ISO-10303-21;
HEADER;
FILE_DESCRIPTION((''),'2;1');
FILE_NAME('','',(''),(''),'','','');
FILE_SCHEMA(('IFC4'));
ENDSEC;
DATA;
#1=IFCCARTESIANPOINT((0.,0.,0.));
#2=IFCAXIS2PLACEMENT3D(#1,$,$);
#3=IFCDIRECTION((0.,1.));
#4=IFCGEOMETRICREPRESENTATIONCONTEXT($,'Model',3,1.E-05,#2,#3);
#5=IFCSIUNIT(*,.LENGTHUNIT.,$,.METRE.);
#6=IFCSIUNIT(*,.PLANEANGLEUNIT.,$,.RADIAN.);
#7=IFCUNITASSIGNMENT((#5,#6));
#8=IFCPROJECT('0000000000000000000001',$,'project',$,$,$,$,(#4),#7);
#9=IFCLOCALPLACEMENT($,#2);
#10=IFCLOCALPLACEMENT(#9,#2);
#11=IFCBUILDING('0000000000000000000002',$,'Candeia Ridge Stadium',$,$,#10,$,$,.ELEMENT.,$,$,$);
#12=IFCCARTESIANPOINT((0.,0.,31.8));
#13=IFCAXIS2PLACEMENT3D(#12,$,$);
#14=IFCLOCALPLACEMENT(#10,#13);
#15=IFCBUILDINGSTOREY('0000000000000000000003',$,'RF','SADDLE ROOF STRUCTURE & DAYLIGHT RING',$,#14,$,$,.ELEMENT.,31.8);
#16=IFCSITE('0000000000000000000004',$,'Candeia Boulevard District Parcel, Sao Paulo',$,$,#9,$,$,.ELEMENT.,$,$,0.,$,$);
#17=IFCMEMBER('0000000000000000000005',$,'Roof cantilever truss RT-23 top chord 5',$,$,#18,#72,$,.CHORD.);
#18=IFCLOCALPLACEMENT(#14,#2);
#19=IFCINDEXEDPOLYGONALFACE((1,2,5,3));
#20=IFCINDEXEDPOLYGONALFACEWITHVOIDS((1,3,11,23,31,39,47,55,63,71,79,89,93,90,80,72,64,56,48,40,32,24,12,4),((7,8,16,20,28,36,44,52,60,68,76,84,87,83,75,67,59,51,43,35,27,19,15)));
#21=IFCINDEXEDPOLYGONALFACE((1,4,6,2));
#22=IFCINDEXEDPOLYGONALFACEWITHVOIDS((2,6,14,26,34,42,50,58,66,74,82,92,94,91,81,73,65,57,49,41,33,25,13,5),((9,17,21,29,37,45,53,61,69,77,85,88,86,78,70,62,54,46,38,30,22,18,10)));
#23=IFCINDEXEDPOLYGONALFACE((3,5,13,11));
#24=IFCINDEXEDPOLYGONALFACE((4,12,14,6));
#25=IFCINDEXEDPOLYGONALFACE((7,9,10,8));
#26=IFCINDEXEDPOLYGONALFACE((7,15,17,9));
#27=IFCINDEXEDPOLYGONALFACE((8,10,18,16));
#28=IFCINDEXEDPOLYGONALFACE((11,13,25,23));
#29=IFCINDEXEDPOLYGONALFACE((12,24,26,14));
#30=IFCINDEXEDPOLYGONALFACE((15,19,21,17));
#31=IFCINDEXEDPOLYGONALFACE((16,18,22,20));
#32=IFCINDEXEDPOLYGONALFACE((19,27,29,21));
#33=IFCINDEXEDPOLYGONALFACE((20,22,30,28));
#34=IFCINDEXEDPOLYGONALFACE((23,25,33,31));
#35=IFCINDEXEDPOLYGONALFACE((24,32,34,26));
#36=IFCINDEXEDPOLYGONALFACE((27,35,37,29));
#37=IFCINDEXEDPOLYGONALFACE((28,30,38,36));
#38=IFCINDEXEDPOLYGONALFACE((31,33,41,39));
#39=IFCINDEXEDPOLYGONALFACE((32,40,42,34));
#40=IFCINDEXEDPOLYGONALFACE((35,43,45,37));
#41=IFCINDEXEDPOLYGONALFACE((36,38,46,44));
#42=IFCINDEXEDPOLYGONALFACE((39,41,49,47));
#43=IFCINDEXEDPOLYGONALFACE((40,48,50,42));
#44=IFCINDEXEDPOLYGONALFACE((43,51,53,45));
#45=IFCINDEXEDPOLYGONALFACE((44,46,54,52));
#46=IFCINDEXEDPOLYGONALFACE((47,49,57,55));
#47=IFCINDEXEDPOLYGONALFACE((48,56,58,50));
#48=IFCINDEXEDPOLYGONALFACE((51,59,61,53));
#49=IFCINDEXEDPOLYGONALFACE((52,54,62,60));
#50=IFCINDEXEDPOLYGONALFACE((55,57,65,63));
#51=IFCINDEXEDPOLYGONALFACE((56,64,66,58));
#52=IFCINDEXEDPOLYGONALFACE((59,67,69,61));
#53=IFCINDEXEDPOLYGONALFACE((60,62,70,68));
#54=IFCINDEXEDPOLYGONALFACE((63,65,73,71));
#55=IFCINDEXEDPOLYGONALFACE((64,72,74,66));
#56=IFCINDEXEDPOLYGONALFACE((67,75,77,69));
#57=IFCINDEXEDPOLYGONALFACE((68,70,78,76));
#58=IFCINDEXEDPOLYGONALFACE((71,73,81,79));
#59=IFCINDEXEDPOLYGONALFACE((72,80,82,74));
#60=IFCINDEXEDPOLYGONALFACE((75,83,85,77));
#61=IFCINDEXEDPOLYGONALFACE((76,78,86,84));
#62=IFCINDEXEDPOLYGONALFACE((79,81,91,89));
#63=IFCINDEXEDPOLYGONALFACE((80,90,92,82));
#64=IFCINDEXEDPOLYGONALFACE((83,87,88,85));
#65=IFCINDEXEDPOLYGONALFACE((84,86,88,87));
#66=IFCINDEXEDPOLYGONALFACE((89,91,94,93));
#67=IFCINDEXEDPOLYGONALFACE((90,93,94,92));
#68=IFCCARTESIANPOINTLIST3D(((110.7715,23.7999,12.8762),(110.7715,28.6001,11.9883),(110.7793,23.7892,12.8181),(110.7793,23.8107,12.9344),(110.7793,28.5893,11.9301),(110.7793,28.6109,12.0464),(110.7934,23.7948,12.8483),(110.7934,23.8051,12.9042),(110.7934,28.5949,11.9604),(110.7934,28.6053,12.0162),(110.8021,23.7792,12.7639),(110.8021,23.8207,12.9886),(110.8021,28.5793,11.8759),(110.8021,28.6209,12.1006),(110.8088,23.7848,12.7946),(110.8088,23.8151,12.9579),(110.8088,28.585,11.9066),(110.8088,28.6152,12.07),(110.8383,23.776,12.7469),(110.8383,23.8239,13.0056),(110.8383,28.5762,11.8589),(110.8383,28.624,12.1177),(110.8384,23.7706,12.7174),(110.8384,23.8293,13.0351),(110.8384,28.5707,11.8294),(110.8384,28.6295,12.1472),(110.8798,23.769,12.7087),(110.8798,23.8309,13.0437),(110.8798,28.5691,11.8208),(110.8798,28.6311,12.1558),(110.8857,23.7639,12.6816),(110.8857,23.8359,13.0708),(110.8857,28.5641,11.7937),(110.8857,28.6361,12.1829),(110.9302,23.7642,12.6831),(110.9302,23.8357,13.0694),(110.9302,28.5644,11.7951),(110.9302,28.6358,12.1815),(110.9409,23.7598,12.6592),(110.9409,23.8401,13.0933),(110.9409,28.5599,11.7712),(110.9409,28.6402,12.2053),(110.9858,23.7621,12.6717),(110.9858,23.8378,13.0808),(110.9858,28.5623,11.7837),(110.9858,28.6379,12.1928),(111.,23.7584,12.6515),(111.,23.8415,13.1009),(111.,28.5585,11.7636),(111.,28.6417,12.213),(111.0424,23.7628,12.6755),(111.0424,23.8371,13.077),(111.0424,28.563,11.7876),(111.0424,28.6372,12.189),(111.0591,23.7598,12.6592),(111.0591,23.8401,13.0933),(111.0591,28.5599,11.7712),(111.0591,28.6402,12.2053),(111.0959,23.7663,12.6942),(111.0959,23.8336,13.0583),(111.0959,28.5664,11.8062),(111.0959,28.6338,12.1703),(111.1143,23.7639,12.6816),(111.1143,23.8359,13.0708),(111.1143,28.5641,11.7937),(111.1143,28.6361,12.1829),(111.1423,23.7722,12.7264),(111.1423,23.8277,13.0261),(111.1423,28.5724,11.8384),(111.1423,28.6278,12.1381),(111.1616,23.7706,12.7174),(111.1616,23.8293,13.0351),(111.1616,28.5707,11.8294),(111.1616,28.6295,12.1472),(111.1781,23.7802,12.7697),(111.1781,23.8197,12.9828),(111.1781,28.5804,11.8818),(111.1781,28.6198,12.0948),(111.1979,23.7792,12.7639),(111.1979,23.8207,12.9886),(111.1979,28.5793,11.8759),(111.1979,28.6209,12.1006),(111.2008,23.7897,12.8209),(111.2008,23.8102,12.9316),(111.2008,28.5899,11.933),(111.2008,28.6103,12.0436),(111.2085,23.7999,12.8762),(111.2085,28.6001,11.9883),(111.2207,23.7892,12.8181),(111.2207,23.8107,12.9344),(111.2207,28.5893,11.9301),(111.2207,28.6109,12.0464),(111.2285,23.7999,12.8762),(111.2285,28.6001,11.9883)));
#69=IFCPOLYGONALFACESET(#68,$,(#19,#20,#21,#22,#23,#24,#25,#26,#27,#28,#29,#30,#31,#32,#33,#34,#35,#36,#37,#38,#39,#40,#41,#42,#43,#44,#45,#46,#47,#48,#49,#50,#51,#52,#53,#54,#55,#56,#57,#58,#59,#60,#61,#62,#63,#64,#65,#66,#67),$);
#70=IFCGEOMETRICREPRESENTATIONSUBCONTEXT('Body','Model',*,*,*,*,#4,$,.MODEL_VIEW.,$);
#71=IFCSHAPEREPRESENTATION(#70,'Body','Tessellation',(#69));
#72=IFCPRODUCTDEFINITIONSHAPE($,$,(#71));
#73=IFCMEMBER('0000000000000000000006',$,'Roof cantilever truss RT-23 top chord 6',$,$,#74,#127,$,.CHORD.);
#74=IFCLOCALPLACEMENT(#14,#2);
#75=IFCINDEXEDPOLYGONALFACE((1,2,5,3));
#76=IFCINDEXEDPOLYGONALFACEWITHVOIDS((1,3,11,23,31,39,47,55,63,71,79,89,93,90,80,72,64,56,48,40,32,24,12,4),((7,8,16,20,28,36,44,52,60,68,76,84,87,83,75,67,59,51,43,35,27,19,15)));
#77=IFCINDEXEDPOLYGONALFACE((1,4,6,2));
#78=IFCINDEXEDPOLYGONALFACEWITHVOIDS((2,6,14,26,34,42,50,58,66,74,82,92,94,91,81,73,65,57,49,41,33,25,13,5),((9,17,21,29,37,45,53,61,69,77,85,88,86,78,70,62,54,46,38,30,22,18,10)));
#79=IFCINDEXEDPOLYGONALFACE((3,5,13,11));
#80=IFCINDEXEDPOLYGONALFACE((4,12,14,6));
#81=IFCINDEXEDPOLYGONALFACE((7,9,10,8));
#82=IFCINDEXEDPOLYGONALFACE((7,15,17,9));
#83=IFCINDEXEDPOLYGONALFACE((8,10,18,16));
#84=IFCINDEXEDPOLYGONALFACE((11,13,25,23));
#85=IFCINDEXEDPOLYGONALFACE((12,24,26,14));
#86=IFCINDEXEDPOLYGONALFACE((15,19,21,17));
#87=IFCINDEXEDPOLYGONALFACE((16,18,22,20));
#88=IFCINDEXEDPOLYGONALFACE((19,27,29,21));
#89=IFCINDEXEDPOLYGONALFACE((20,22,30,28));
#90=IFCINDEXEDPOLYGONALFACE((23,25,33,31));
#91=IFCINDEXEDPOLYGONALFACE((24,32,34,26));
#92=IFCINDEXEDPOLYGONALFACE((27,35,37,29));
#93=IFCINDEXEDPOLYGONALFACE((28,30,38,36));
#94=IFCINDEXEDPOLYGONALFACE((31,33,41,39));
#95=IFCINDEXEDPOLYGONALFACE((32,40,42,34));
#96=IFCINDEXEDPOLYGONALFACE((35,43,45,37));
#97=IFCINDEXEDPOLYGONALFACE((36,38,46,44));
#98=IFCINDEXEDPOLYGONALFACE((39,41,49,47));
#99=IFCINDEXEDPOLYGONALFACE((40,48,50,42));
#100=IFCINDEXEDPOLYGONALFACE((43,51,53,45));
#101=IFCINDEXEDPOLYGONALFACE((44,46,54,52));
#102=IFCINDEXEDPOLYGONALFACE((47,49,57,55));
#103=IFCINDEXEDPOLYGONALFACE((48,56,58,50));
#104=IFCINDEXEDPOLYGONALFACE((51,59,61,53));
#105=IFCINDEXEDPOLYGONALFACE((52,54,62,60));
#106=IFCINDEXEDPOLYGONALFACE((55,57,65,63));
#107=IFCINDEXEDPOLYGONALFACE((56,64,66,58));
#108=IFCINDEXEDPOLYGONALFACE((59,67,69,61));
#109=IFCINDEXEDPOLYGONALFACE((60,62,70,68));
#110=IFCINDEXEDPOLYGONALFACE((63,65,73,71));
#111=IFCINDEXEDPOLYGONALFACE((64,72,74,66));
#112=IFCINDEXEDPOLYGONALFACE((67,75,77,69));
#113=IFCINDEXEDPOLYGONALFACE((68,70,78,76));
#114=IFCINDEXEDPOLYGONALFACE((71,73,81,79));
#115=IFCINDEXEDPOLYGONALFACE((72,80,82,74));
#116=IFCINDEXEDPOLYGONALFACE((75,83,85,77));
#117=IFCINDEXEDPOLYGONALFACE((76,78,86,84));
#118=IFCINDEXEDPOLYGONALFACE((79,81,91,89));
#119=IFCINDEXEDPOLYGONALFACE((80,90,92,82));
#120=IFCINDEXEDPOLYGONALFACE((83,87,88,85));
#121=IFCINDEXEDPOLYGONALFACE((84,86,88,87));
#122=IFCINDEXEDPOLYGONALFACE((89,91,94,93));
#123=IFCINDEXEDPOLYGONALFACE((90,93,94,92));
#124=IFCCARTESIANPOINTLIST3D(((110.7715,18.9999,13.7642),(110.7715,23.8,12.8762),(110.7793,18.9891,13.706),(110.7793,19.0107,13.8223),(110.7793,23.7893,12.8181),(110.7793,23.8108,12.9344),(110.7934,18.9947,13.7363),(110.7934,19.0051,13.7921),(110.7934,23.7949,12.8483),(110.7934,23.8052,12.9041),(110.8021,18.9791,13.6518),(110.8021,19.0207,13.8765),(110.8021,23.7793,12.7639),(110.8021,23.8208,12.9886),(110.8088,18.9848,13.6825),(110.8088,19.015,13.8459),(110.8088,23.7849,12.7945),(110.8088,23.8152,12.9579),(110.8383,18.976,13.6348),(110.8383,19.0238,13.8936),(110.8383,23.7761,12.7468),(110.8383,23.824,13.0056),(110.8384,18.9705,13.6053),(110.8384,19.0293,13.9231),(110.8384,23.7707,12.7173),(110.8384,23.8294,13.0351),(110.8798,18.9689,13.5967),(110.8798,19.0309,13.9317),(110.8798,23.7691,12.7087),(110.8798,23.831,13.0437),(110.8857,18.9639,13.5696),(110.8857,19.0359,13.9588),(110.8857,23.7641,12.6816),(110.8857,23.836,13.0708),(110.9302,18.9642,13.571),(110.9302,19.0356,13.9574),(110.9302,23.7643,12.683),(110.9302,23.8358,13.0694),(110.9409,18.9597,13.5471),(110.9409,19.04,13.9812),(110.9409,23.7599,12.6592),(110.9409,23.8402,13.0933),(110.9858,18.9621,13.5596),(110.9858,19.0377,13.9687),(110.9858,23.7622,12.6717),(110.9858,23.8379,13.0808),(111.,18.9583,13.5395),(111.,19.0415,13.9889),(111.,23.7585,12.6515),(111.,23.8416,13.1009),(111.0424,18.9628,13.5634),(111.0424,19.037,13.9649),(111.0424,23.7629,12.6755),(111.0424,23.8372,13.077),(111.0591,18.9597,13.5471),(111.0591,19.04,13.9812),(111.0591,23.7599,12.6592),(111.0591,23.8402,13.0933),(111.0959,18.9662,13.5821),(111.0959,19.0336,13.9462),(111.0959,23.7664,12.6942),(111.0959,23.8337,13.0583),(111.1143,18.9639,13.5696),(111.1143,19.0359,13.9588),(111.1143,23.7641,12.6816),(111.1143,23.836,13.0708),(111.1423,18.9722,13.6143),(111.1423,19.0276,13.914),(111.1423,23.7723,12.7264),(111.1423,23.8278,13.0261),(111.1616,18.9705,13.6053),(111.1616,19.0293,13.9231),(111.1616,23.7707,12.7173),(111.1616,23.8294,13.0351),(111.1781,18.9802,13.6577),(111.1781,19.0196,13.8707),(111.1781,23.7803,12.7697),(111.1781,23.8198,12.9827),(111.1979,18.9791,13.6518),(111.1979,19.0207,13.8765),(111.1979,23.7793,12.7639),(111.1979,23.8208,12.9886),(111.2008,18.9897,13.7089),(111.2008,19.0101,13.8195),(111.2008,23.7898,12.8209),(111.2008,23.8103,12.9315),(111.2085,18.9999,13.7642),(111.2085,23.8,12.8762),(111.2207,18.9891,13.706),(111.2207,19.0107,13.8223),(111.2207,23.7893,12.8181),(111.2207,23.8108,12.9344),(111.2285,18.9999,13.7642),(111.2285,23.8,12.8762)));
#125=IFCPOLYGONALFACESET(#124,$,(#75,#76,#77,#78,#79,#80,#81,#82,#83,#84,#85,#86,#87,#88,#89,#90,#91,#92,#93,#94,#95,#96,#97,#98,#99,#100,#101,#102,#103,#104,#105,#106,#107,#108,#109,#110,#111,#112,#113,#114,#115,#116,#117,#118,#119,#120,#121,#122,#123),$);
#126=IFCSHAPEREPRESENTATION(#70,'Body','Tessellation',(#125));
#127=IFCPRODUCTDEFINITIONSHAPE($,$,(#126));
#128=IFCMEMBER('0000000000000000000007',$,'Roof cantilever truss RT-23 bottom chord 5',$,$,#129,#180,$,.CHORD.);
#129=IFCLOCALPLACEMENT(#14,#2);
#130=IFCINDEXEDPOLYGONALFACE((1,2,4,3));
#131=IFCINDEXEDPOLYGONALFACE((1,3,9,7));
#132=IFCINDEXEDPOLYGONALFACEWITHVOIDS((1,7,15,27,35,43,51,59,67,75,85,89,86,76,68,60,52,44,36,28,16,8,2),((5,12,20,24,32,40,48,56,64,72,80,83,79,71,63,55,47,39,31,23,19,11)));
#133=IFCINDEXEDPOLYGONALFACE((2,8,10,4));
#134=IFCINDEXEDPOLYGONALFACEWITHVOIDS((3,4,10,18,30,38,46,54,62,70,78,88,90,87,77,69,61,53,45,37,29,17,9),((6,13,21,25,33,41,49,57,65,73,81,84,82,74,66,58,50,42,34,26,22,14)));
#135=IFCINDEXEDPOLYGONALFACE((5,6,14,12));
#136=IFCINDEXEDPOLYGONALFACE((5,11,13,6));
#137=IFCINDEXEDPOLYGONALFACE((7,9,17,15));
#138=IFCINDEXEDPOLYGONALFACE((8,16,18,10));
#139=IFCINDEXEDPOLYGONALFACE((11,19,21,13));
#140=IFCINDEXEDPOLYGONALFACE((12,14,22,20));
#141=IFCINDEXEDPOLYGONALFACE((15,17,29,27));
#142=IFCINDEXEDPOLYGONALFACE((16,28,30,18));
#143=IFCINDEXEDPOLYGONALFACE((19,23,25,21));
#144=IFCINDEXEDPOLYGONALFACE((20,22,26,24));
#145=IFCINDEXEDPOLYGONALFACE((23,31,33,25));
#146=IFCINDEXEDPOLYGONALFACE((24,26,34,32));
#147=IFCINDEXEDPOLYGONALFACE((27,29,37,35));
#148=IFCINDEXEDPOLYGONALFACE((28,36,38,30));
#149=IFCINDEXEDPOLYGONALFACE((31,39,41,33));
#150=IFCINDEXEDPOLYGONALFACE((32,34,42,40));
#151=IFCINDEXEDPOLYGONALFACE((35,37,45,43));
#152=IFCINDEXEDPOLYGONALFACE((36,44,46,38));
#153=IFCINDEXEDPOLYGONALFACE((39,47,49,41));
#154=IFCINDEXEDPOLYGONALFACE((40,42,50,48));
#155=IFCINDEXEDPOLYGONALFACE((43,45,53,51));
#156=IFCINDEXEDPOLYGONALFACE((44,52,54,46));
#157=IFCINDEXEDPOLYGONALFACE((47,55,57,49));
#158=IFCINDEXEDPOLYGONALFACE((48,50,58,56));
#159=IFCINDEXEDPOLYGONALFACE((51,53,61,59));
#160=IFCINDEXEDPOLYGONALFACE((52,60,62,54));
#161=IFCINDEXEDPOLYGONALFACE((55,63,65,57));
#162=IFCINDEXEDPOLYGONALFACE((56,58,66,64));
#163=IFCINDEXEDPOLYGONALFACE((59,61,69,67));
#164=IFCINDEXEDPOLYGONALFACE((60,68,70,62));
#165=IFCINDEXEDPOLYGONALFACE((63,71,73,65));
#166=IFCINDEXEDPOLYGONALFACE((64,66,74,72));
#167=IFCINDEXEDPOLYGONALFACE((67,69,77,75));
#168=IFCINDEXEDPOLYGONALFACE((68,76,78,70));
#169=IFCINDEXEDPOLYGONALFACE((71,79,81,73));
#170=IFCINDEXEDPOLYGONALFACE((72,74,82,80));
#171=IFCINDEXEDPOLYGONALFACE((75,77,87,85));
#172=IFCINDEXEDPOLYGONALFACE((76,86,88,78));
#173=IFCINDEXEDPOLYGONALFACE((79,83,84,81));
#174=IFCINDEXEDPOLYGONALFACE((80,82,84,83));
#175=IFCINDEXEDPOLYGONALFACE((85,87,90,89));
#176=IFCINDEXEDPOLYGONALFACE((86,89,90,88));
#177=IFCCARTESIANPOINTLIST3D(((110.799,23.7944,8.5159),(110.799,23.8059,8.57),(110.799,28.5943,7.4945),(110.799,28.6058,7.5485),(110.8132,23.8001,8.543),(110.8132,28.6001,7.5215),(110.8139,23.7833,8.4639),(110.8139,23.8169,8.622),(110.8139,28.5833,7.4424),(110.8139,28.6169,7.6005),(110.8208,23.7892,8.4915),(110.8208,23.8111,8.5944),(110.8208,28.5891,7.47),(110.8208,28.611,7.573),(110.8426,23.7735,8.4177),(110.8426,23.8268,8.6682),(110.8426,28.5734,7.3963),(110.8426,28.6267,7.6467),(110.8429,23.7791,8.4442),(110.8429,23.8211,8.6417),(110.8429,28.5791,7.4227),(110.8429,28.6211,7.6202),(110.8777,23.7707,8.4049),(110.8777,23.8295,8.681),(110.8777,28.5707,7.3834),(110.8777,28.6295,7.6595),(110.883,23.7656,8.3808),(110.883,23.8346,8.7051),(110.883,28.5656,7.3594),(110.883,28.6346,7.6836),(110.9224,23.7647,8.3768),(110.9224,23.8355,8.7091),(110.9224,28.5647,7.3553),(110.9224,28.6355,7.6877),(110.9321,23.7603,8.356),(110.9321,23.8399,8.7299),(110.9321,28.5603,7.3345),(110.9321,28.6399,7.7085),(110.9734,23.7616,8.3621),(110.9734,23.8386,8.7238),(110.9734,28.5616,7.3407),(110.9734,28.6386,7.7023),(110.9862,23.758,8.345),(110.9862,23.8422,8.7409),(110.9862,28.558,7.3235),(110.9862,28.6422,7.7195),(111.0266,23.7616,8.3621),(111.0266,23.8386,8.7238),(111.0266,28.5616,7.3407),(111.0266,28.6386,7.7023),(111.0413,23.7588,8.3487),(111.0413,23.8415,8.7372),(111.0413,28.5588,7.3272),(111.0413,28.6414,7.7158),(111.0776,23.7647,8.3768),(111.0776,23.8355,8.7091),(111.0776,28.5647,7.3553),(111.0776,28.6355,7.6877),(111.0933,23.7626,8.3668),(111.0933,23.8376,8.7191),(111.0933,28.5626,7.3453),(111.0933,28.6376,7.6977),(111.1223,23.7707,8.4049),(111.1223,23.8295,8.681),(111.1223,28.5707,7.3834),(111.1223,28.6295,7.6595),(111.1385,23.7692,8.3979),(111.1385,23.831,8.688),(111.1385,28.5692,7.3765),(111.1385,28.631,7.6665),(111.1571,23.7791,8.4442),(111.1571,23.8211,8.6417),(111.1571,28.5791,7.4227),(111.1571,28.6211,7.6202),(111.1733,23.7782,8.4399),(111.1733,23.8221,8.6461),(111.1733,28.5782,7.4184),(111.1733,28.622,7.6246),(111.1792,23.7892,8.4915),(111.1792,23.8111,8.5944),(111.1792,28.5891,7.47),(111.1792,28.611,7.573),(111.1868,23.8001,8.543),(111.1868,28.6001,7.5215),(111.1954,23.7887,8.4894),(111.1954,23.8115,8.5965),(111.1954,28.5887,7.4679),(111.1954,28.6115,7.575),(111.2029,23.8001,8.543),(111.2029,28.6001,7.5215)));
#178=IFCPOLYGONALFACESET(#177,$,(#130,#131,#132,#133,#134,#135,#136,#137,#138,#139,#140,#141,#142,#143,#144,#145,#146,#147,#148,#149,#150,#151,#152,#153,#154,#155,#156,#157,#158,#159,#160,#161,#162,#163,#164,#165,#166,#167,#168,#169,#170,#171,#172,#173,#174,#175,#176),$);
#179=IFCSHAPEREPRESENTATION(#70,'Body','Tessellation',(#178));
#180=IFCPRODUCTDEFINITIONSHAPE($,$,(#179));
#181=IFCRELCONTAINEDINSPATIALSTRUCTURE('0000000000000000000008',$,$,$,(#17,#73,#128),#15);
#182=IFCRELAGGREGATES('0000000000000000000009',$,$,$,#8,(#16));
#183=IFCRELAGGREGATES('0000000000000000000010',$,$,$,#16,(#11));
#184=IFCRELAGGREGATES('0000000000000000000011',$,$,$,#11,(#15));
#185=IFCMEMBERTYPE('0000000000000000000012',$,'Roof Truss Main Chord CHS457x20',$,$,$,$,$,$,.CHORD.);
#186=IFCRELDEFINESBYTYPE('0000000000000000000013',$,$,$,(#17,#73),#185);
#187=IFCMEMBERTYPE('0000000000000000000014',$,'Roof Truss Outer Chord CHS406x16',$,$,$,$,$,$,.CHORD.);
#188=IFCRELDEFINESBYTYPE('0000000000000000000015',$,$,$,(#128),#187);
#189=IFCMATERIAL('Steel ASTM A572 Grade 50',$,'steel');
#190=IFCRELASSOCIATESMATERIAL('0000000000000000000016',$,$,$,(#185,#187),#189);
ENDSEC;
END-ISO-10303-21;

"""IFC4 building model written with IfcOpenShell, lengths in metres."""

from ifc_helpers import new_model, si_unit, direction, frame, origin, origin_2d, place, context, subcontext, project, spatial, hollow_circle, extrude, material, material_profile, profile_set, type_object, element, save


model = new_model("IFC4")

# Units and contexts
model_context = context("Model", 3, precision=1e-05, world=origin(), true_north=direction((0.0, 1.0)))
body_context = subcontext(model_context, "Body", "Model", "MODEL_VIEW")
ifc_project = project(units=[si_unit("LENGTHUNIT", "METRE"), si_unit("PLANEANGLEUNIT", "RADIAN")], contexts=[model_context])

# Site, building, storey
site_placement = place(None, origin())
site = spatial("IfcSite", under=ifc_project, at=site_placement, Name="Candeia Boulevard District Parcel, Sao Paulo", CompositionType="ELEMENT", RefElevation=0.0)
building_placement = place(site_placement, origin())
building = spatial("IfcBuilding", under=site, at=building_placement, Name="Candeia Ridge Stadium", CompositionType="ELEMENT")
storey_placement = place(building_placement, frame((0.0, 0.0, 31.8)))
storey = spatial("IfcBuildingStorey", under=building, at=storey_placement, Name="RF", Description="SADDLE ROOF STRUCTURE & DAYLIGHT RING", CompositionType="ELEMENT", Elevation=31.8)

# Shared definitions
ifc_material_1 = material(Name="Steel ASTM A572 Grade 50", Category="steel")

# Members
ifc_material_profile_1 = material_profile(ifc_material_1, hollow_circle(Radius=0.2285, WallThickness=0.02, at=origin_2d()), Name="CHS457x20", Category="steel")
ifc_profile_set_1 = profile_set([ifc_material_profile_1], Name="Steel ASTM A572 Grade 50")
member_type_1 = type_object("IfcMemberType", Name="Roof Truss Main Chord CHS457x20", PredefinedType="CHORD", material=ifc_profile_set_1)
for number, where, z_axis, x_axis, name in (
    (1, (111.0, 28.6001, 11.9883), (0.0, -0.983317, 0.181899), (1.0, 0.0, 0.0), "Roof cantilever truss RT-23 top chord 5"),
    (2, (111.0, 23.8, 12.8762), (0.0, -0.983317, 0.181899), (1.0, 0.0, 0.0), "Roof cantilever truss RT-23 top chord 6"),
):
    element("IfcMember", number, at=place(storey_placement, frame(where, z_axis=z_axis, x_axis=x_axis)), inside=storey, type_object=member_type_1, Name=name, PredefinedType="CHORD", context=body_context, shape_type="SweptSolid", body=[
        extrude(hollow_circle(Radius=0.2285, WallThickness=0.02, at=origin_2d()), origin(), (0.0, 0.0, 1.0), 4.8816),
    ])
ifc_material_profile_2 = material_profile(ifc_material_1, hollow_circle(Radius=0.2029, WallThickness=0.0161, at=origin_2d()), Name="CHS406x16", Category="steel")
ifc_profile_set_2 = profile_set([ifc_material_profile_2], Name="Steel ASTM A572 Grade 50")
member_type_2 = type_object("IfcMemberType", Name="Roof Truss Outer Chord CHS406x16", PredefinedType="CHORD", material=ifc_profile_set_2)
for number, where, z_axis, x_axis, name in (
    (3, (111.0, 28.6001, 7.5215), (0.0, -0.978098, 0.208146), (1.0, 0.0, 0.0), "Roof cantilever truss RT-23 bottom chord 5"),
):
    element("IfcMember", number, at=place(storey_placement, frame(where, z_axis=z_axis, x_axis=x_axis)), inside=storey, type_object=member_type_2, Name=name, PredefinedType="CHORD", context=body_context, shape_type="SweptSolid", body=[
        extrude(hollow_circle(Radius=0.2029, WallThickness=0.0161, at=origin_2d()), origin(), (0.0, 0.0, 1.0), 4.9075),
    ])

save(model, "model.ifc")
